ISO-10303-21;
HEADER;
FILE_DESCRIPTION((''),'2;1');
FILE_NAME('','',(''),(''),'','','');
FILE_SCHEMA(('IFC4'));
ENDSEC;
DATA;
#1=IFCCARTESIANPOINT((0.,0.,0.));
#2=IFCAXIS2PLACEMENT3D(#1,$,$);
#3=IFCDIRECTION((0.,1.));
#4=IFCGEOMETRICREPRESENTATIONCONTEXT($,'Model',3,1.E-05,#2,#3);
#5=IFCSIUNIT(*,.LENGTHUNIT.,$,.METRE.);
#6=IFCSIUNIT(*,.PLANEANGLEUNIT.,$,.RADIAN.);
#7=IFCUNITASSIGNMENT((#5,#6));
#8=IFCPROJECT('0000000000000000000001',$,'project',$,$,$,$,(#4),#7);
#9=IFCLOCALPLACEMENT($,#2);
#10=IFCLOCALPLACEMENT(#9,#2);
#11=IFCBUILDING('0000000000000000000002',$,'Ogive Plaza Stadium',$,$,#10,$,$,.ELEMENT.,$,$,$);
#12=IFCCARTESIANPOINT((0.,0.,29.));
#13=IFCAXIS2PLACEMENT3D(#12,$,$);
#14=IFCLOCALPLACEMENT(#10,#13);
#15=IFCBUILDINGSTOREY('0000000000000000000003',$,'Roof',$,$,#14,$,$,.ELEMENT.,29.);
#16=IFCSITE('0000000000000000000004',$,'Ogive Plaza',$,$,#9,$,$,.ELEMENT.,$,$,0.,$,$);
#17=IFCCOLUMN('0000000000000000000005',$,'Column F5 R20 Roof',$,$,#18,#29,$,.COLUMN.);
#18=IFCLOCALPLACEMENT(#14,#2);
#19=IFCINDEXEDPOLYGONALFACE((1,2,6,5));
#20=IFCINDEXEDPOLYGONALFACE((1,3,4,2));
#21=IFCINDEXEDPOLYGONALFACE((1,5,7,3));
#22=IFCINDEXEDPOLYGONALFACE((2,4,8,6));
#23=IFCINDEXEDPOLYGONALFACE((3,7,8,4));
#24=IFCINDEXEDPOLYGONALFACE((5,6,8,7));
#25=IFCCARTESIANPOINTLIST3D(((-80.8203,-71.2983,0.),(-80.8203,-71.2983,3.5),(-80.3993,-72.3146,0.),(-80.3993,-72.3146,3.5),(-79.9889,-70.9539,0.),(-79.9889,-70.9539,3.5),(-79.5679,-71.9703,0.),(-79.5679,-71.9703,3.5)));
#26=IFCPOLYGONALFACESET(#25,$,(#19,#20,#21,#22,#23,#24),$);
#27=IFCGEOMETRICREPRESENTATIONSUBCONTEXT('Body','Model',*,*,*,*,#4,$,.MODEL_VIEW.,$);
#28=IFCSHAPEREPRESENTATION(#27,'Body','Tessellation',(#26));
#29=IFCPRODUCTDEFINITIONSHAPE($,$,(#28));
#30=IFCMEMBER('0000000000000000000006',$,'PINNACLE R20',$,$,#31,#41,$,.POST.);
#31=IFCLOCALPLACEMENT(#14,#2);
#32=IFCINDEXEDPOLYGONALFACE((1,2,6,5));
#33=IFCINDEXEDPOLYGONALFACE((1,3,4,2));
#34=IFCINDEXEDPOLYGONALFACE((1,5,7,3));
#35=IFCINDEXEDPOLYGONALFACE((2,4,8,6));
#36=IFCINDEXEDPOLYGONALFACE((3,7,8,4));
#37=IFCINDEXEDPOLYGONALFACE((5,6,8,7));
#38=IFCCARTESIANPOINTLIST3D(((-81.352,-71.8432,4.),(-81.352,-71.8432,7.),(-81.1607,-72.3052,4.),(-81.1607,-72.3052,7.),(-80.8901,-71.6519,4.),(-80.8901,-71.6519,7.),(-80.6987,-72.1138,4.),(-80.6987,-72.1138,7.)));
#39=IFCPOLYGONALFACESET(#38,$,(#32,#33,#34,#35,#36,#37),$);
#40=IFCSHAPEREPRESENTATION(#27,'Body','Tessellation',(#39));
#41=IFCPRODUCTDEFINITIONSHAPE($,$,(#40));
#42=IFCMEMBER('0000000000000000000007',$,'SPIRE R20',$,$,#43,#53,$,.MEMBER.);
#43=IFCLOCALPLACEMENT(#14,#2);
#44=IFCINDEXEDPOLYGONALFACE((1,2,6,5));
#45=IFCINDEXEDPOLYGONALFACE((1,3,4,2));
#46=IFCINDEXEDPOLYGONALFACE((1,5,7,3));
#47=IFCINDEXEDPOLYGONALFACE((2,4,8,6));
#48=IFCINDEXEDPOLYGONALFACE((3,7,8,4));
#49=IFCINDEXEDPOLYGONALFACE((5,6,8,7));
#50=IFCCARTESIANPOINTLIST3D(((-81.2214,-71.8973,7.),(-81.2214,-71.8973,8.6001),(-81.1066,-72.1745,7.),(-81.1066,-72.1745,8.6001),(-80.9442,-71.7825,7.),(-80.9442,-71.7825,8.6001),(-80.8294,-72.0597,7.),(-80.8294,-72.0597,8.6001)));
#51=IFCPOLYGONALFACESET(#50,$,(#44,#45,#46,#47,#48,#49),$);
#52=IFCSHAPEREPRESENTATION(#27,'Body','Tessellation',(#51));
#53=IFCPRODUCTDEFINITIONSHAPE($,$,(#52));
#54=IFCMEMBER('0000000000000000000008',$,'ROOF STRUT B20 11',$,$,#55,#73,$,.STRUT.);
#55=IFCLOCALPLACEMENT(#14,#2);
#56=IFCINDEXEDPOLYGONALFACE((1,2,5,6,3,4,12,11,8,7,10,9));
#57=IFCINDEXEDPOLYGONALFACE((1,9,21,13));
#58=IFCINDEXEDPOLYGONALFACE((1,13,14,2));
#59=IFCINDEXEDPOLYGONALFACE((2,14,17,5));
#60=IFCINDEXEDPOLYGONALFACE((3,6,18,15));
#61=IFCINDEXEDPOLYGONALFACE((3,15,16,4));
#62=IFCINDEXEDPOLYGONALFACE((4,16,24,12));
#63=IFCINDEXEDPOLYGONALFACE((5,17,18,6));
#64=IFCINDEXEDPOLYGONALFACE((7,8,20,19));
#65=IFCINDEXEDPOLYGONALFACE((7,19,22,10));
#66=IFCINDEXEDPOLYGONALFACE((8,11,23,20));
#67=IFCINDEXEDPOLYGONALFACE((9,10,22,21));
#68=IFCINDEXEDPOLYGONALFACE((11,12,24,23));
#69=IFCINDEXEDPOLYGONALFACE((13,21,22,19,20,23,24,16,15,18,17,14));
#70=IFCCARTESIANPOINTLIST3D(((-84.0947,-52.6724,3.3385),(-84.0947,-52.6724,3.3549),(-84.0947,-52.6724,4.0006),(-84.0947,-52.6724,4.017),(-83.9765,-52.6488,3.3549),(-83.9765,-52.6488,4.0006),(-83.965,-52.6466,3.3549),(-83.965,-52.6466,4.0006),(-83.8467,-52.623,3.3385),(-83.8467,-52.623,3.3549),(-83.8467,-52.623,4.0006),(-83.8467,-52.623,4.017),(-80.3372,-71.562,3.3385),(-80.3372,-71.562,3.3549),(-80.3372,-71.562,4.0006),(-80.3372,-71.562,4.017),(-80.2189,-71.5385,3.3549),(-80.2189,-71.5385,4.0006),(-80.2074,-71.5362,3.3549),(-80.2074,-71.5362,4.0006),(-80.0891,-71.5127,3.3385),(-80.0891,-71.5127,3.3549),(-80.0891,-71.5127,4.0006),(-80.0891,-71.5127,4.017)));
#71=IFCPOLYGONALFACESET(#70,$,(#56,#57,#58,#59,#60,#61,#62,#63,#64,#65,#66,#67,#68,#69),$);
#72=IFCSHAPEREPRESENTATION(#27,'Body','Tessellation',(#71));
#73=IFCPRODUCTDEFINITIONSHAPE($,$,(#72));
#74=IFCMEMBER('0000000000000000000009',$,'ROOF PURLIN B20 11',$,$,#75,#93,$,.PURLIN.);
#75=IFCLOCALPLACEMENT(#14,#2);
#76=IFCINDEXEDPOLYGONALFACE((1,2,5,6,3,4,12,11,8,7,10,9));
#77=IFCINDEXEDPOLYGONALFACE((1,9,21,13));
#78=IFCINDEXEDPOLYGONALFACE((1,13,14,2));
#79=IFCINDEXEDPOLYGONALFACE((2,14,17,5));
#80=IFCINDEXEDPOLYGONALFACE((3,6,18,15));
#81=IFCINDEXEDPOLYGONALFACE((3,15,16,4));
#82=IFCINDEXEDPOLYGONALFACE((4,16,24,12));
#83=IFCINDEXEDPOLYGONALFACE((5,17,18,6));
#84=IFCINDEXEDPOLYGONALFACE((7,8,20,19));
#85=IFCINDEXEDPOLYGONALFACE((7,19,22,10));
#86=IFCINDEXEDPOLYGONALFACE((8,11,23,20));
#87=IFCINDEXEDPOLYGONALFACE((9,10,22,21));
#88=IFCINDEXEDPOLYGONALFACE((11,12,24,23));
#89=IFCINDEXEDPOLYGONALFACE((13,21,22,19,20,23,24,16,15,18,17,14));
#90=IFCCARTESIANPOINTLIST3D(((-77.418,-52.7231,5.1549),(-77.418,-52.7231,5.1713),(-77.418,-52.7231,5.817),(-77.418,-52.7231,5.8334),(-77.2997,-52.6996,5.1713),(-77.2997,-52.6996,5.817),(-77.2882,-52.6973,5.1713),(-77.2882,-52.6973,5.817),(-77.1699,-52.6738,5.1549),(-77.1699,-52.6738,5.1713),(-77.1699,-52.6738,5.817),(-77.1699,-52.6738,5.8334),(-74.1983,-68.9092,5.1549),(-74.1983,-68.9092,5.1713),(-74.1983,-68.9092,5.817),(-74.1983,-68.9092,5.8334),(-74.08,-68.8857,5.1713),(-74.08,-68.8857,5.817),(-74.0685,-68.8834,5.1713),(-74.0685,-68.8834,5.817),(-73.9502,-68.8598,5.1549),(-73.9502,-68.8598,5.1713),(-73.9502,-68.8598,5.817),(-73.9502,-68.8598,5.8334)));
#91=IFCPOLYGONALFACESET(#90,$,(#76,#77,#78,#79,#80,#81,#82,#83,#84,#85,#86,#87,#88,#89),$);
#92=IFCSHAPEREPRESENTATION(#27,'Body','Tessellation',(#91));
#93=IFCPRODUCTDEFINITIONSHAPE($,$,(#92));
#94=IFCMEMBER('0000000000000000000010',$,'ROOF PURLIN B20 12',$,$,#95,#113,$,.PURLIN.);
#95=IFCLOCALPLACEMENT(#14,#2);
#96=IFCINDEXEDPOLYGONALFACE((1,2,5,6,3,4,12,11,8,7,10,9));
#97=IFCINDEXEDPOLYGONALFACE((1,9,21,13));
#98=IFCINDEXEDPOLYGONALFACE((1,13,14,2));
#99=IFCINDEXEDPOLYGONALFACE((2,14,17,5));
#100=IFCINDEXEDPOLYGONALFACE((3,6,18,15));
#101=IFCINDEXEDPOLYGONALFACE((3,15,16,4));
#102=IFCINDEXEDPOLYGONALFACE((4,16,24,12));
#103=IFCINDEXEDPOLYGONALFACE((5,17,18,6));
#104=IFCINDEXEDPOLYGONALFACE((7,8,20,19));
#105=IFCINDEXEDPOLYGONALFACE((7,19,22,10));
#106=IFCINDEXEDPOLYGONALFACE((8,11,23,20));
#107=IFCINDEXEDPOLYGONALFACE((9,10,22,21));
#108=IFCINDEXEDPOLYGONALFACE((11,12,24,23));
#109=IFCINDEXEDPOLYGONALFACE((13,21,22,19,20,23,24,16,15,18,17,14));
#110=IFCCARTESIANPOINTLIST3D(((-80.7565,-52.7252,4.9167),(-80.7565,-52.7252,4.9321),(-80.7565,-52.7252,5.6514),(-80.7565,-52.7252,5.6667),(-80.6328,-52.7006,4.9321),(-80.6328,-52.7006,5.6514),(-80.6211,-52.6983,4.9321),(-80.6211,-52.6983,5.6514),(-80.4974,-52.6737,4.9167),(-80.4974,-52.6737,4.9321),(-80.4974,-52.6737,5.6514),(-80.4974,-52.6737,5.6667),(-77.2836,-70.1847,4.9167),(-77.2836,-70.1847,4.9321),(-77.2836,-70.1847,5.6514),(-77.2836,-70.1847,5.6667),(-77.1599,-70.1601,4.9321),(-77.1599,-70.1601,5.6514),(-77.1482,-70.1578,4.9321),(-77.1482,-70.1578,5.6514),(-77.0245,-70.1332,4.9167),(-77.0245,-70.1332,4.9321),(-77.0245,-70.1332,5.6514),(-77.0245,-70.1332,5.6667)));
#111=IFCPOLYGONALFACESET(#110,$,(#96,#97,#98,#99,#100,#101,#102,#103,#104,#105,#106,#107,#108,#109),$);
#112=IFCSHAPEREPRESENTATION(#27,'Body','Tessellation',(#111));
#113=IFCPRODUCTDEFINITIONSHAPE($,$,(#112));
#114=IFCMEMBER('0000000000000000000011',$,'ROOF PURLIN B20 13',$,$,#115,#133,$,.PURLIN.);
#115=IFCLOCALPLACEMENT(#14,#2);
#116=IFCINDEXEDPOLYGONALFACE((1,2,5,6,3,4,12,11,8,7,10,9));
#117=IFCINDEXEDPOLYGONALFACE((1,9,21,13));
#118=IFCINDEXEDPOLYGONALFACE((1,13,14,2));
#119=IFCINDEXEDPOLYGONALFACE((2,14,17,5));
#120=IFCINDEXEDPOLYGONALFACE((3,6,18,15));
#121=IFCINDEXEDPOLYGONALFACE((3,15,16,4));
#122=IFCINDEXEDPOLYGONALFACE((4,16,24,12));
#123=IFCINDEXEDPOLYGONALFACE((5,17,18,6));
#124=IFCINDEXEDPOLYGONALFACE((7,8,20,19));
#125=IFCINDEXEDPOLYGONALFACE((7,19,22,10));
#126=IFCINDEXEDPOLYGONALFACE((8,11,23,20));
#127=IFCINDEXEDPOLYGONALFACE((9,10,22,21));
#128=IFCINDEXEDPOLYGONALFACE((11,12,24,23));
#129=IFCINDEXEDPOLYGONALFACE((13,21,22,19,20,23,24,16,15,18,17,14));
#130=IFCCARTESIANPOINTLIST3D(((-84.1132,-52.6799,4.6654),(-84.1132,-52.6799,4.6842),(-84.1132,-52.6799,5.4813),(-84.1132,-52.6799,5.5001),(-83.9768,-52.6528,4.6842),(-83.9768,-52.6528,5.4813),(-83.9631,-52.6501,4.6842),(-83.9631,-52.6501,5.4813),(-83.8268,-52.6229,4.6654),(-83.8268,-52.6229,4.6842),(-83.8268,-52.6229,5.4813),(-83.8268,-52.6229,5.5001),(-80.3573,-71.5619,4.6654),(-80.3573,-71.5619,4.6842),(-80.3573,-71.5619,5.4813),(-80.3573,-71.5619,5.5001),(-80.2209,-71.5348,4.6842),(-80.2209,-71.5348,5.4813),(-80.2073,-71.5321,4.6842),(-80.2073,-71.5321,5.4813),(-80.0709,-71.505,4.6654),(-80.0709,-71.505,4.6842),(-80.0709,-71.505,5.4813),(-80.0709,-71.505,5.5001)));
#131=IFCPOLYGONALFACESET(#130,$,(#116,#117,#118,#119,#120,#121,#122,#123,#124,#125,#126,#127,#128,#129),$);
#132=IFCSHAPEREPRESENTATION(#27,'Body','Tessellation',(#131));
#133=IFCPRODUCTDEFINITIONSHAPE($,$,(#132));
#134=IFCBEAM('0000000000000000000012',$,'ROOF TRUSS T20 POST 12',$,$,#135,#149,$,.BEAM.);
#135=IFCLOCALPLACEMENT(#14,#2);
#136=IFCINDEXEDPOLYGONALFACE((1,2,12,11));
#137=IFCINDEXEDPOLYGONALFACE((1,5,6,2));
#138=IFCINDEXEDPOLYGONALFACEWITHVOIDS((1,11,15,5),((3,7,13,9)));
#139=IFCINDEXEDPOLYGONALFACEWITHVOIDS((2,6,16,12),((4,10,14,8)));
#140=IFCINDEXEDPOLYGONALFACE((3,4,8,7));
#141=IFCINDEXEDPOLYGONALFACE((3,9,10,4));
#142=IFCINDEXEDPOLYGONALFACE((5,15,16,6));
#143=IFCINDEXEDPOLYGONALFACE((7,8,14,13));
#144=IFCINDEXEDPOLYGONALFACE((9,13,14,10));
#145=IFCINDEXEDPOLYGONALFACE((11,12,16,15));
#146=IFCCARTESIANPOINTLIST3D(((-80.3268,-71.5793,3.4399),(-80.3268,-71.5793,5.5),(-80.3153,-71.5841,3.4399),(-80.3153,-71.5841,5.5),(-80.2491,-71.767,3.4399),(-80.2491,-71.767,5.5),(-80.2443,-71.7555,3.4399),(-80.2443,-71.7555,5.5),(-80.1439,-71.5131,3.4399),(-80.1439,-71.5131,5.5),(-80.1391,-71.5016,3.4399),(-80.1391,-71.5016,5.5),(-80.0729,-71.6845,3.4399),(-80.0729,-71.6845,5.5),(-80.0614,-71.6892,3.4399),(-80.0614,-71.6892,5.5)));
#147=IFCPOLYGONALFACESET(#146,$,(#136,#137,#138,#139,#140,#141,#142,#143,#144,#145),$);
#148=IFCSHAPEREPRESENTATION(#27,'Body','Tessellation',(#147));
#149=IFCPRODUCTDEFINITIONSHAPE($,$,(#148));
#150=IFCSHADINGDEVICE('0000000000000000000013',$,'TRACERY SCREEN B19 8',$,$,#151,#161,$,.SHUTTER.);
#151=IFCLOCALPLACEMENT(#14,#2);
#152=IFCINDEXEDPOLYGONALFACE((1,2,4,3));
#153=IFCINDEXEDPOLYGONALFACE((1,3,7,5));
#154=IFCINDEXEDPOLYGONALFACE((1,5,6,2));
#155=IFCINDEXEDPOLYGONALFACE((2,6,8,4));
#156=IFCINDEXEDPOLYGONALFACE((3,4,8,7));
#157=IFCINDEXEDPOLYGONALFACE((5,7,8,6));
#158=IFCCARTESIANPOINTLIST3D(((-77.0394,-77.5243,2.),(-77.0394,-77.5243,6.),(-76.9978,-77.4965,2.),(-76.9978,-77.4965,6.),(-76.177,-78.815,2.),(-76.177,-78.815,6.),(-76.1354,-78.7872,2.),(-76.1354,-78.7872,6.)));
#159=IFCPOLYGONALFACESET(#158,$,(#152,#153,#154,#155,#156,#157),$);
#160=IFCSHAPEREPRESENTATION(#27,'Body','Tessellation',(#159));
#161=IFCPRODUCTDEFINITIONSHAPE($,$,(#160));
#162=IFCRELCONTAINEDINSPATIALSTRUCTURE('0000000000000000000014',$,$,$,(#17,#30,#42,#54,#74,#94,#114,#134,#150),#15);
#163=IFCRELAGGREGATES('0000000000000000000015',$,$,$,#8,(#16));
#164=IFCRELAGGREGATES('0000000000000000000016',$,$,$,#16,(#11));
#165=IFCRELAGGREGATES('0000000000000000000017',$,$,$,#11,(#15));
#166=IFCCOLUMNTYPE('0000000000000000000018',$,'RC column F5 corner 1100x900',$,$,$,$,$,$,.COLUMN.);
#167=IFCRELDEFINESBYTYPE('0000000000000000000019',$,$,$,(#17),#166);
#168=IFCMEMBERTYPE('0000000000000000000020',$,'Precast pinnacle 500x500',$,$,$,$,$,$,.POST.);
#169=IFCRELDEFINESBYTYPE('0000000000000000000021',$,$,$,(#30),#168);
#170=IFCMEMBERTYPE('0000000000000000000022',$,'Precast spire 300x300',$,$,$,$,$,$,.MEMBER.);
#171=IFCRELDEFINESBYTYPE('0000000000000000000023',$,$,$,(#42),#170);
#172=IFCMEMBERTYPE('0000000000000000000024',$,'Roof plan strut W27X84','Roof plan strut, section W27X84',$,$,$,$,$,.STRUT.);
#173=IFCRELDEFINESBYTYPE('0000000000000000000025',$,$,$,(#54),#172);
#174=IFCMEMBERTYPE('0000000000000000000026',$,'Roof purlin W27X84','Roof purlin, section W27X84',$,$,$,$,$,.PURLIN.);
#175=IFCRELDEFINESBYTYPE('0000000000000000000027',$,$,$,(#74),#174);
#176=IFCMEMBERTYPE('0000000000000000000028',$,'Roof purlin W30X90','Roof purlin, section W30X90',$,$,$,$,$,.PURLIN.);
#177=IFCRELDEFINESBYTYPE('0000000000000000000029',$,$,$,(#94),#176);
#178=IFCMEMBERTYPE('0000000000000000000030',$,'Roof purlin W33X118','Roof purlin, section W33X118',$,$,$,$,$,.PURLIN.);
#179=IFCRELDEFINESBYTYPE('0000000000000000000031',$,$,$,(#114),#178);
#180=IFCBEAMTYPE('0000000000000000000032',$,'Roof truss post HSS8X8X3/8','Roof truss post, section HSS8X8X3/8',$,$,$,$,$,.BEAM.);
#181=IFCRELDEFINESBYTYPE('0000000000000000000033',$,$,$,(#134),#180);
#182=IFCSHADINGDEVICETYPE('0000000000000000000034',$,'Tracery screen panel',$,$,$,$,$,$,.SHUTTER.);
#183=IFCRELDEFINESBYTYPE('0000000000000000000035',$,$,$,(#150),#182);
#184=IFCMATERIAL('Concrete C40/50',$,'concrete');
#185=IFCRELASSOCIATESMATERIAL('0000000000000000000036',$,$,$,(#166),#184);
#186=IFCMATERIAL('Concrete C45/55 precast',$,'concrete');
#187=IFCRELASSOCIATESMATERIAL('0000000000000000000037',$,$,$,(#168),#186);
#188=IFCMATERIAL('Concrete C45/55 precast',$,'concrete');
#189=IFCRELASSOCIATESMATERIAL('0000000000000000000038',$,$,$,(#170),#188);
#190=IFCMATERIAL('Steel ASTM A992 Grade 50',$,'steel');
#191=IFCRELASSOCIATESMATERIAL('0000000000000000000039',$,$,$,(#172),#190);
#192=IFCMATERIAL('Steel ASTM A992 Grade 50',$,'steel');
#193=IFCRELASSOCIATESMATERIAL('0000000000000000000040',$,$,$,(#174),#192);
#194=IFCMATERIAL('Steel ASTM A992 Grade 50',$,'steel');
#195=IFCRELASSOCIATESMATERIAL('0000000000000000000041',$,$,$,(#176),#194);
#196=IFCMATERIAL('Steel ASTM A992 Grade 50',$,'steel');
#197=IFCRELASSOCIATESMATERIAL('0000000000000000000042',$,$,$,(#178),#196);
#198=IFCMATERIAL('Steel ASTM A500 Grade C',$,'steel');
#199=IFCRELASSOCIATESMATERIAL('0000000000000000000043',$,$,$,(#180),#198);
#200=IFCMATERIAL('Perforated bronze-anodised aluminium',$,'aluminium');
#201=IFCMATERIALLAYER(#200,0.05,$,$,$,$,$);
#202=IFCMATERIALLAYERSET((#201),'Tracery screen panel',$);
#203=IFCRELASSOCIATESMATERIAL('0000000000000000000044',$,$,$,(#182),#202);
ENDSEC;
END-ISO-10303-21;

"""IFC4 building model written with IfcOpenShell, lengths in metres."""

from ifc_helpers import new_model, si_unit, direction, frame, origin, origin_2d, place, context, subcontext, project, spatial, rectangle, hollow_rectangle, i_section, extrude, material, layer, layer_set, material_profile, profile_set, type_object, element, save


model = new_model("IFC4")

# Units and contexts
model_context = context("Model", 3, precision=1e-05, world=origin(), true_north=direction((0.0, 1.0)))
body_context = subcontext(model_context, "Body", "Model", "MODEL_VIEW")
ifc_project = project(units=[si_unit("LENGTHUNIT", "METRE"), si_unit("PLANEANGLEUNIT", "RADIAN")], contexts=[model_context])

# Site, building, storey
site_placement = place(None, origin())
site = spatial("IfcSite", under=ifc_project, at=site_placement, Name="Ogive Plaza", CompositionType="ELEMENT", RefElevation=0.0)
building_placement = place(site_placement, origin())
building = spatial("IfcBuilding", under=site, at=building_placement, Name="Ogive Plaza Stadium", CompositionType="ELEMENT")
storey_placement = place(building_placement, frame((0.0, 0.0, 29.0)))
storey = spatial("IfcBuildingStorey", under=building, at=storey_placement, Name="Roof", CompositionType="ELEMENT", Elevation=29.0)

# Column
ifc_material_1 = material(Name="Concrete C40/50", Category="concrete")
ifc_material_profile_1 = material_profile(ifc_material_1, rectangle(XDim=1.1001, YDim=0.8999, at=origin_2d()), Name="RC 1100x900")
ifc_profile_set_1 = profile_set([ifc_material_profile_1], Name="Concrete C40/50")
column_type = type_object("IfcColumnType", Name="RC column F5 corner 1100x900", PredefinedType="COLUMN", material=ifc_profile_set_1)
column_placement = place(storey_placement, frame((-80.1941, -71.6343, 0.0), z_axis=(0.0, 0.0, 1.0), x_axis=(0.382683, -0.92388, 0.0)))
element("IfcColumn", 1, at=column_placement, inside=storey, type_object=column_type, Name="Column F5 R20 Roof", PredefinedType="COLUMN", context=body_context, shape_type="SweptSolid", body=[
    extrude(rectangle(XDim=1.1001, YDim=0.8999, at=origin_2d()), origin(), (0.0, 0.0, 1.0), 3.5),
])

# Members
ifc_material_2 = material(Name="Concrete C45/55 precast", Category="concrete")
ifc_material_profile_2 = material_profile(ifc_material_2, rectangle(XDim=0.5, YDim=0.5, at=origin_2d()), Name="RC 500x500")
ifc_profile_set_2 = profile_set([ifc_material_profile_2], Name="Concrete C45/55 precast")
member_type_1 = type_object("IfcMemberType", Name="Precast pinnacle 500x500", PredefinedType="POST", material=ifc_profile_set_2)
member_1_placement = place(storey_placement, frame((-81.0254, -71.9785, 4.0), z_axis=(0.0, 0.0, 1.0), x_axis=(0.382683, -0.92388, 0.0)))
element("IfcMember", 2, at=member_1_placement, inside=storey, type_object=member_type_1, Name="PINNACLE R20", PredefinedType="POST", context=body_context, shape_type="SweptSolid", body=[
    extrude(rectangle(XDim=0.5, YDim=0.5, at=origin_2d()), origin(), (0.0, 0.0, 1.0), 3.0),
])
ifc_material_3 = material(Name="Concrete C45/55 precast", Category="concrete")
ifc_material_profile_3 = material_profile(ifc_material_3, rectangle(XDim=0.3, YDim=0.3, at=origin_2d()), Name="RC 300x300")
ifc_profile_set_3 = profile_set([ifc_material_profile_3], Name="Concrete C45/55 precast")
member_type_2 = type_object("IfcMemberType", Name="Precast spire 300x300", PredefinedType="MEMBER", material=ifc_profile_set_3)
member_2_placement = place(storey_placement, frame((-81.0254, -71.9785, 7.0), z_axis=(0.0, 0.0, 1.0), x_axis=(0.382683, -0.92388, 0.0)))
element("IfcMember", 3, at=member_2_placement, inside=storey, type_object=member_type_2, Name="SPIRE R20", PredefinedType="MEMBER", context=body_context, shape_type="SweptSolid", body=[
    extrude(rectangle(XDim=0.3, YDim=0.3, at=origin_2d()), origin(), (0.0, 0.0, 1.0), 1.6001),
])
ifc_material_4 = material(Name="Steel ASTM A992 Grade 50", Category="steel")
ifc_material_profile_4 = material_profile(ifc_material_4, i_section(OverallWidth=0.2529, OverallDepth=0.6785, WebThickness=0.0117, FlangeThickness=0.0164, at=origin_2d()), Name="W27X84")
ifc_profile_set_4 = profile_set([ifc_material_profile_4], Name="Steel ASTM A992 Grade 50")
member_type_3 = type_object("IfcMemberType", Name="Roof plan strut W27X84", Description="Roof plan strut, section W27X84", PredefinedType="STRUT", material=ifc_profile_set_4)
member_3_placement = place(storey_placement, frame((-80.2131, -71.5374, 3.6777), z_axis=(-0.195099, 0.980783, 0.0), x_axis=(-0.980783, -0.195099, 0.0)))
element("IfcMember", 4, at=member_3_placement, inside=storey, type_object=member_type_3, Name="ROOF STRUT B20 11", PredefinedType="STRUT", context=body_context, shape_type="SweptSolid", body=[
    extrude(i_section(OverallWidth=0.2529, OverallDepth=0.6785, WebThickness=0.0117, FlangeThickness=0.0164, at=origin_2d()), origin(), (0.0, 0.0, 1.0), 19.2598),
])
ifc_material_5 = material(Name="Steel ASTM A992 Grade 50", Category="steel")
ifc_material_profile_5 = material_profile(ifc_material_5, i_section(OverallWidth=0.2529, OverallDepth=0.6785, WebThickness=0.0117, FlangeThickness=0.0164, at=origin_2d()), Name="W27X84")
ifc_profile_set_5 = profile_set([ifc_material_profile_5], Name="Steel ASTM A992 Grade 50")
member_type_4 = type_object("IfcMemberType", Name="Roof purlin W27X84", Description="Roof purlin, section W27X84", PredefinedType="PURLIN", material=ifc_profile_set_5)
member_4_placement = place(storey_placement, frame((-74.0742, -68.8845, 5.4941), z_axis=(-0.195098, 0.980784, 0.0), x_axis=(-0.980784, -0.195098, 0.0)))
element("IfcMember", 5, at=member_4_placement, inside=storey, type_object=member_type_4, Name="ROOF PURLIN B20 11", PredefinedType="PURLIN", context=body_context, shape_type="SweptSolid", body=[
    extrude(i_section(OverallWidth=0.2529, OverallDepth=0.6785, WebThickness=0.0117, FlangeThickness=0.0164, at=origin_2d()), origin(), (0.0, 0.0, 1.0), 16.5032),
])
ifc_material_6 = material(Name="Steel ASTM A992 Grade 50", Category="steel")
ifc_material_profile_6 = material_profile(ifc_material_6, i_section(OverallWidth=0.2642, OverallDepth=0.75, WebThickness=0.012, FlangeThickness=0.0154, at=origin_2d()), Name="W30X90")
ifc_profile_set_6 = profile_set([ifc_material_profile_6], Name="Steel ASTM A992 Grade 50")
member_type_5 = type_object("IfcMemberType", Name="Roof purlin W30X90", Description="Roof purlin, section W30X90", PredefinedType="PURLIN", material=ifc_profile_set_6)
member_5_placement = place(storey_placement, frame((-77.1541, -70.1589, 5.2917), z_axis=(-0.19509, 0.980785, 0.0), x_axis=(-0.980785, -0.19509, 0.0)))
element("IfcMember", 6, at=member_5_placement, inside=storey, type_object=member_type_5, Name="ROOF PURLIN B20 12", PredefinedType="PURLIN", context=body_context, shape_type="SweptSolid", body=[
    extrude(i_section(OverallWidth=0.2642, OverallDepth=0.75, WebThickness=0.012, FlangeThickness=0.0154, at=origin_2d()), origin(), (0.0, 0.0, 1.0), 17.8015),
])
ifc_material_7 = material(Name="Steel ASTM A992 Grade 50", Category="steel")
ifc_material_profile_7 = material_profile(ifc_material_7, i_section(OverallWidth=0.292, OverallDepth=0.8347, WebThickness=0.0139, FlangeThickness=0.0188, at=origin_2d()), Name="W33X118")
ifc_profile_set_7 = profile_set([ifc_material_profile_7], Name="Steel ASTM A992 Grade 50")
member_type_6 = type_object("IfcMemberType", Name="Roof purlin W33X118", Description="Roof purlin, section W33X118", PredefinedType="PURLIN", material=ifc_profile_set_7)
member_6_placement = place(storey_placement, frame((-80.2141, -71.5334, 5.0828), z_axis=(-0.195089, 0.980785, 0.0), x_axis=(-0.980785, -0.195089, 0.0)))
element("IfcMember", 7, at=member_6_placement, inside=storey, type_object=member_type_6, Name="ROOF PURLIN B20 13", PredefinedType="PURLIN", context=body_context, shape_type="SweptSolid", body=[
    extrude(i_section(OverallWidth=0.292, OverallDepth=0.8347, WebThickness=0.0139, FlangeThickness=0.0188, at=origin_2d()), origin(), (0.0, 0.0, 1.0), 19.252),
])

# Beam
ifc_material_8 = material(Name="Steel ASTM A500 Grade C", Category="steel")
ifc_material_profile_8 = material_profile(ifc_material_8, hollow_rectangle(XDim=0.2031, YDim=0.2031, WallThickness=0.0088, at=origin_2d()), Name="HSS8X8X3/8")
ifc_profile_set_8 = profile_set([ifc_material_profile_8], Name="Steel ASTM A500 Grade C")
beam_type = type_object("IfcBeamType", Name="Roof truss post HSS8X8X3/8", Description="Roof truss post, section HSS8X8X3/8", PredefinedType="BEAM", material=ifc_profile_set_8)
beam_placement = place(storey_placement, frame((-80.1941, -71.6343, 3.4399), z_axis=(0.0, 0.0, 1.0), x_axis=(0.382683, -0.92388, 0.0)))
element("IfcBeam", 8, at=beam_placement, inside=storey, type_object=beam_type, Name="ROOF TRUSS T20 POST 12", PredefinedType="BEAM", context=body_context, shape_type="SweptSolid", body=[
    extrude(hollow_rectangle(XDim=0.2031, YDim=0.2031, WallThickness=0.0088, at=origin_2d()), origin(), (0.0, 0.0, 1.0), 2.0601),
])

# Shading device
ifc_material_9 = material(Name="Perforated bronze-anodised aluminium", Category="aluminium")
ifc_layer_1 = layer(ifc_material_9, 0.05)
ifc_layer_set_1 = layer_set([ifc_layer_1], Name="Tracery screen panel")
shading_device_type = type_object("IfcShadingDeviceType", Name="Tracery screen panel", PredefinedType="SHUTTER", material=ifc_layer_set_1)
for number, where, z_axis, x_axis, name in (
    (9, (-76.5874, -78.1558, 2.0), (0.0, 0.0, 1.0), (-0.55557, 0.83147, 0.0), "TRACERY SCREEN B19 8"),
):
    element("IfcShadingDevice", number, at=place(storey_placement, frame(where, z_axis=z_axis, x_axis=x_axis)), inside=storey, type_object=shading_device_type, Name=name, PredefinedType="SHUTTER", context=body_context, shape_type="SweptSolid", body=[
        extrude(rectangle(XDim=1.5522, YDim=0.05, at=origin_2d()), origin(), (0.0, 0.0, 1.0), 4.0),
    ])

save(model, "model.ifc")
